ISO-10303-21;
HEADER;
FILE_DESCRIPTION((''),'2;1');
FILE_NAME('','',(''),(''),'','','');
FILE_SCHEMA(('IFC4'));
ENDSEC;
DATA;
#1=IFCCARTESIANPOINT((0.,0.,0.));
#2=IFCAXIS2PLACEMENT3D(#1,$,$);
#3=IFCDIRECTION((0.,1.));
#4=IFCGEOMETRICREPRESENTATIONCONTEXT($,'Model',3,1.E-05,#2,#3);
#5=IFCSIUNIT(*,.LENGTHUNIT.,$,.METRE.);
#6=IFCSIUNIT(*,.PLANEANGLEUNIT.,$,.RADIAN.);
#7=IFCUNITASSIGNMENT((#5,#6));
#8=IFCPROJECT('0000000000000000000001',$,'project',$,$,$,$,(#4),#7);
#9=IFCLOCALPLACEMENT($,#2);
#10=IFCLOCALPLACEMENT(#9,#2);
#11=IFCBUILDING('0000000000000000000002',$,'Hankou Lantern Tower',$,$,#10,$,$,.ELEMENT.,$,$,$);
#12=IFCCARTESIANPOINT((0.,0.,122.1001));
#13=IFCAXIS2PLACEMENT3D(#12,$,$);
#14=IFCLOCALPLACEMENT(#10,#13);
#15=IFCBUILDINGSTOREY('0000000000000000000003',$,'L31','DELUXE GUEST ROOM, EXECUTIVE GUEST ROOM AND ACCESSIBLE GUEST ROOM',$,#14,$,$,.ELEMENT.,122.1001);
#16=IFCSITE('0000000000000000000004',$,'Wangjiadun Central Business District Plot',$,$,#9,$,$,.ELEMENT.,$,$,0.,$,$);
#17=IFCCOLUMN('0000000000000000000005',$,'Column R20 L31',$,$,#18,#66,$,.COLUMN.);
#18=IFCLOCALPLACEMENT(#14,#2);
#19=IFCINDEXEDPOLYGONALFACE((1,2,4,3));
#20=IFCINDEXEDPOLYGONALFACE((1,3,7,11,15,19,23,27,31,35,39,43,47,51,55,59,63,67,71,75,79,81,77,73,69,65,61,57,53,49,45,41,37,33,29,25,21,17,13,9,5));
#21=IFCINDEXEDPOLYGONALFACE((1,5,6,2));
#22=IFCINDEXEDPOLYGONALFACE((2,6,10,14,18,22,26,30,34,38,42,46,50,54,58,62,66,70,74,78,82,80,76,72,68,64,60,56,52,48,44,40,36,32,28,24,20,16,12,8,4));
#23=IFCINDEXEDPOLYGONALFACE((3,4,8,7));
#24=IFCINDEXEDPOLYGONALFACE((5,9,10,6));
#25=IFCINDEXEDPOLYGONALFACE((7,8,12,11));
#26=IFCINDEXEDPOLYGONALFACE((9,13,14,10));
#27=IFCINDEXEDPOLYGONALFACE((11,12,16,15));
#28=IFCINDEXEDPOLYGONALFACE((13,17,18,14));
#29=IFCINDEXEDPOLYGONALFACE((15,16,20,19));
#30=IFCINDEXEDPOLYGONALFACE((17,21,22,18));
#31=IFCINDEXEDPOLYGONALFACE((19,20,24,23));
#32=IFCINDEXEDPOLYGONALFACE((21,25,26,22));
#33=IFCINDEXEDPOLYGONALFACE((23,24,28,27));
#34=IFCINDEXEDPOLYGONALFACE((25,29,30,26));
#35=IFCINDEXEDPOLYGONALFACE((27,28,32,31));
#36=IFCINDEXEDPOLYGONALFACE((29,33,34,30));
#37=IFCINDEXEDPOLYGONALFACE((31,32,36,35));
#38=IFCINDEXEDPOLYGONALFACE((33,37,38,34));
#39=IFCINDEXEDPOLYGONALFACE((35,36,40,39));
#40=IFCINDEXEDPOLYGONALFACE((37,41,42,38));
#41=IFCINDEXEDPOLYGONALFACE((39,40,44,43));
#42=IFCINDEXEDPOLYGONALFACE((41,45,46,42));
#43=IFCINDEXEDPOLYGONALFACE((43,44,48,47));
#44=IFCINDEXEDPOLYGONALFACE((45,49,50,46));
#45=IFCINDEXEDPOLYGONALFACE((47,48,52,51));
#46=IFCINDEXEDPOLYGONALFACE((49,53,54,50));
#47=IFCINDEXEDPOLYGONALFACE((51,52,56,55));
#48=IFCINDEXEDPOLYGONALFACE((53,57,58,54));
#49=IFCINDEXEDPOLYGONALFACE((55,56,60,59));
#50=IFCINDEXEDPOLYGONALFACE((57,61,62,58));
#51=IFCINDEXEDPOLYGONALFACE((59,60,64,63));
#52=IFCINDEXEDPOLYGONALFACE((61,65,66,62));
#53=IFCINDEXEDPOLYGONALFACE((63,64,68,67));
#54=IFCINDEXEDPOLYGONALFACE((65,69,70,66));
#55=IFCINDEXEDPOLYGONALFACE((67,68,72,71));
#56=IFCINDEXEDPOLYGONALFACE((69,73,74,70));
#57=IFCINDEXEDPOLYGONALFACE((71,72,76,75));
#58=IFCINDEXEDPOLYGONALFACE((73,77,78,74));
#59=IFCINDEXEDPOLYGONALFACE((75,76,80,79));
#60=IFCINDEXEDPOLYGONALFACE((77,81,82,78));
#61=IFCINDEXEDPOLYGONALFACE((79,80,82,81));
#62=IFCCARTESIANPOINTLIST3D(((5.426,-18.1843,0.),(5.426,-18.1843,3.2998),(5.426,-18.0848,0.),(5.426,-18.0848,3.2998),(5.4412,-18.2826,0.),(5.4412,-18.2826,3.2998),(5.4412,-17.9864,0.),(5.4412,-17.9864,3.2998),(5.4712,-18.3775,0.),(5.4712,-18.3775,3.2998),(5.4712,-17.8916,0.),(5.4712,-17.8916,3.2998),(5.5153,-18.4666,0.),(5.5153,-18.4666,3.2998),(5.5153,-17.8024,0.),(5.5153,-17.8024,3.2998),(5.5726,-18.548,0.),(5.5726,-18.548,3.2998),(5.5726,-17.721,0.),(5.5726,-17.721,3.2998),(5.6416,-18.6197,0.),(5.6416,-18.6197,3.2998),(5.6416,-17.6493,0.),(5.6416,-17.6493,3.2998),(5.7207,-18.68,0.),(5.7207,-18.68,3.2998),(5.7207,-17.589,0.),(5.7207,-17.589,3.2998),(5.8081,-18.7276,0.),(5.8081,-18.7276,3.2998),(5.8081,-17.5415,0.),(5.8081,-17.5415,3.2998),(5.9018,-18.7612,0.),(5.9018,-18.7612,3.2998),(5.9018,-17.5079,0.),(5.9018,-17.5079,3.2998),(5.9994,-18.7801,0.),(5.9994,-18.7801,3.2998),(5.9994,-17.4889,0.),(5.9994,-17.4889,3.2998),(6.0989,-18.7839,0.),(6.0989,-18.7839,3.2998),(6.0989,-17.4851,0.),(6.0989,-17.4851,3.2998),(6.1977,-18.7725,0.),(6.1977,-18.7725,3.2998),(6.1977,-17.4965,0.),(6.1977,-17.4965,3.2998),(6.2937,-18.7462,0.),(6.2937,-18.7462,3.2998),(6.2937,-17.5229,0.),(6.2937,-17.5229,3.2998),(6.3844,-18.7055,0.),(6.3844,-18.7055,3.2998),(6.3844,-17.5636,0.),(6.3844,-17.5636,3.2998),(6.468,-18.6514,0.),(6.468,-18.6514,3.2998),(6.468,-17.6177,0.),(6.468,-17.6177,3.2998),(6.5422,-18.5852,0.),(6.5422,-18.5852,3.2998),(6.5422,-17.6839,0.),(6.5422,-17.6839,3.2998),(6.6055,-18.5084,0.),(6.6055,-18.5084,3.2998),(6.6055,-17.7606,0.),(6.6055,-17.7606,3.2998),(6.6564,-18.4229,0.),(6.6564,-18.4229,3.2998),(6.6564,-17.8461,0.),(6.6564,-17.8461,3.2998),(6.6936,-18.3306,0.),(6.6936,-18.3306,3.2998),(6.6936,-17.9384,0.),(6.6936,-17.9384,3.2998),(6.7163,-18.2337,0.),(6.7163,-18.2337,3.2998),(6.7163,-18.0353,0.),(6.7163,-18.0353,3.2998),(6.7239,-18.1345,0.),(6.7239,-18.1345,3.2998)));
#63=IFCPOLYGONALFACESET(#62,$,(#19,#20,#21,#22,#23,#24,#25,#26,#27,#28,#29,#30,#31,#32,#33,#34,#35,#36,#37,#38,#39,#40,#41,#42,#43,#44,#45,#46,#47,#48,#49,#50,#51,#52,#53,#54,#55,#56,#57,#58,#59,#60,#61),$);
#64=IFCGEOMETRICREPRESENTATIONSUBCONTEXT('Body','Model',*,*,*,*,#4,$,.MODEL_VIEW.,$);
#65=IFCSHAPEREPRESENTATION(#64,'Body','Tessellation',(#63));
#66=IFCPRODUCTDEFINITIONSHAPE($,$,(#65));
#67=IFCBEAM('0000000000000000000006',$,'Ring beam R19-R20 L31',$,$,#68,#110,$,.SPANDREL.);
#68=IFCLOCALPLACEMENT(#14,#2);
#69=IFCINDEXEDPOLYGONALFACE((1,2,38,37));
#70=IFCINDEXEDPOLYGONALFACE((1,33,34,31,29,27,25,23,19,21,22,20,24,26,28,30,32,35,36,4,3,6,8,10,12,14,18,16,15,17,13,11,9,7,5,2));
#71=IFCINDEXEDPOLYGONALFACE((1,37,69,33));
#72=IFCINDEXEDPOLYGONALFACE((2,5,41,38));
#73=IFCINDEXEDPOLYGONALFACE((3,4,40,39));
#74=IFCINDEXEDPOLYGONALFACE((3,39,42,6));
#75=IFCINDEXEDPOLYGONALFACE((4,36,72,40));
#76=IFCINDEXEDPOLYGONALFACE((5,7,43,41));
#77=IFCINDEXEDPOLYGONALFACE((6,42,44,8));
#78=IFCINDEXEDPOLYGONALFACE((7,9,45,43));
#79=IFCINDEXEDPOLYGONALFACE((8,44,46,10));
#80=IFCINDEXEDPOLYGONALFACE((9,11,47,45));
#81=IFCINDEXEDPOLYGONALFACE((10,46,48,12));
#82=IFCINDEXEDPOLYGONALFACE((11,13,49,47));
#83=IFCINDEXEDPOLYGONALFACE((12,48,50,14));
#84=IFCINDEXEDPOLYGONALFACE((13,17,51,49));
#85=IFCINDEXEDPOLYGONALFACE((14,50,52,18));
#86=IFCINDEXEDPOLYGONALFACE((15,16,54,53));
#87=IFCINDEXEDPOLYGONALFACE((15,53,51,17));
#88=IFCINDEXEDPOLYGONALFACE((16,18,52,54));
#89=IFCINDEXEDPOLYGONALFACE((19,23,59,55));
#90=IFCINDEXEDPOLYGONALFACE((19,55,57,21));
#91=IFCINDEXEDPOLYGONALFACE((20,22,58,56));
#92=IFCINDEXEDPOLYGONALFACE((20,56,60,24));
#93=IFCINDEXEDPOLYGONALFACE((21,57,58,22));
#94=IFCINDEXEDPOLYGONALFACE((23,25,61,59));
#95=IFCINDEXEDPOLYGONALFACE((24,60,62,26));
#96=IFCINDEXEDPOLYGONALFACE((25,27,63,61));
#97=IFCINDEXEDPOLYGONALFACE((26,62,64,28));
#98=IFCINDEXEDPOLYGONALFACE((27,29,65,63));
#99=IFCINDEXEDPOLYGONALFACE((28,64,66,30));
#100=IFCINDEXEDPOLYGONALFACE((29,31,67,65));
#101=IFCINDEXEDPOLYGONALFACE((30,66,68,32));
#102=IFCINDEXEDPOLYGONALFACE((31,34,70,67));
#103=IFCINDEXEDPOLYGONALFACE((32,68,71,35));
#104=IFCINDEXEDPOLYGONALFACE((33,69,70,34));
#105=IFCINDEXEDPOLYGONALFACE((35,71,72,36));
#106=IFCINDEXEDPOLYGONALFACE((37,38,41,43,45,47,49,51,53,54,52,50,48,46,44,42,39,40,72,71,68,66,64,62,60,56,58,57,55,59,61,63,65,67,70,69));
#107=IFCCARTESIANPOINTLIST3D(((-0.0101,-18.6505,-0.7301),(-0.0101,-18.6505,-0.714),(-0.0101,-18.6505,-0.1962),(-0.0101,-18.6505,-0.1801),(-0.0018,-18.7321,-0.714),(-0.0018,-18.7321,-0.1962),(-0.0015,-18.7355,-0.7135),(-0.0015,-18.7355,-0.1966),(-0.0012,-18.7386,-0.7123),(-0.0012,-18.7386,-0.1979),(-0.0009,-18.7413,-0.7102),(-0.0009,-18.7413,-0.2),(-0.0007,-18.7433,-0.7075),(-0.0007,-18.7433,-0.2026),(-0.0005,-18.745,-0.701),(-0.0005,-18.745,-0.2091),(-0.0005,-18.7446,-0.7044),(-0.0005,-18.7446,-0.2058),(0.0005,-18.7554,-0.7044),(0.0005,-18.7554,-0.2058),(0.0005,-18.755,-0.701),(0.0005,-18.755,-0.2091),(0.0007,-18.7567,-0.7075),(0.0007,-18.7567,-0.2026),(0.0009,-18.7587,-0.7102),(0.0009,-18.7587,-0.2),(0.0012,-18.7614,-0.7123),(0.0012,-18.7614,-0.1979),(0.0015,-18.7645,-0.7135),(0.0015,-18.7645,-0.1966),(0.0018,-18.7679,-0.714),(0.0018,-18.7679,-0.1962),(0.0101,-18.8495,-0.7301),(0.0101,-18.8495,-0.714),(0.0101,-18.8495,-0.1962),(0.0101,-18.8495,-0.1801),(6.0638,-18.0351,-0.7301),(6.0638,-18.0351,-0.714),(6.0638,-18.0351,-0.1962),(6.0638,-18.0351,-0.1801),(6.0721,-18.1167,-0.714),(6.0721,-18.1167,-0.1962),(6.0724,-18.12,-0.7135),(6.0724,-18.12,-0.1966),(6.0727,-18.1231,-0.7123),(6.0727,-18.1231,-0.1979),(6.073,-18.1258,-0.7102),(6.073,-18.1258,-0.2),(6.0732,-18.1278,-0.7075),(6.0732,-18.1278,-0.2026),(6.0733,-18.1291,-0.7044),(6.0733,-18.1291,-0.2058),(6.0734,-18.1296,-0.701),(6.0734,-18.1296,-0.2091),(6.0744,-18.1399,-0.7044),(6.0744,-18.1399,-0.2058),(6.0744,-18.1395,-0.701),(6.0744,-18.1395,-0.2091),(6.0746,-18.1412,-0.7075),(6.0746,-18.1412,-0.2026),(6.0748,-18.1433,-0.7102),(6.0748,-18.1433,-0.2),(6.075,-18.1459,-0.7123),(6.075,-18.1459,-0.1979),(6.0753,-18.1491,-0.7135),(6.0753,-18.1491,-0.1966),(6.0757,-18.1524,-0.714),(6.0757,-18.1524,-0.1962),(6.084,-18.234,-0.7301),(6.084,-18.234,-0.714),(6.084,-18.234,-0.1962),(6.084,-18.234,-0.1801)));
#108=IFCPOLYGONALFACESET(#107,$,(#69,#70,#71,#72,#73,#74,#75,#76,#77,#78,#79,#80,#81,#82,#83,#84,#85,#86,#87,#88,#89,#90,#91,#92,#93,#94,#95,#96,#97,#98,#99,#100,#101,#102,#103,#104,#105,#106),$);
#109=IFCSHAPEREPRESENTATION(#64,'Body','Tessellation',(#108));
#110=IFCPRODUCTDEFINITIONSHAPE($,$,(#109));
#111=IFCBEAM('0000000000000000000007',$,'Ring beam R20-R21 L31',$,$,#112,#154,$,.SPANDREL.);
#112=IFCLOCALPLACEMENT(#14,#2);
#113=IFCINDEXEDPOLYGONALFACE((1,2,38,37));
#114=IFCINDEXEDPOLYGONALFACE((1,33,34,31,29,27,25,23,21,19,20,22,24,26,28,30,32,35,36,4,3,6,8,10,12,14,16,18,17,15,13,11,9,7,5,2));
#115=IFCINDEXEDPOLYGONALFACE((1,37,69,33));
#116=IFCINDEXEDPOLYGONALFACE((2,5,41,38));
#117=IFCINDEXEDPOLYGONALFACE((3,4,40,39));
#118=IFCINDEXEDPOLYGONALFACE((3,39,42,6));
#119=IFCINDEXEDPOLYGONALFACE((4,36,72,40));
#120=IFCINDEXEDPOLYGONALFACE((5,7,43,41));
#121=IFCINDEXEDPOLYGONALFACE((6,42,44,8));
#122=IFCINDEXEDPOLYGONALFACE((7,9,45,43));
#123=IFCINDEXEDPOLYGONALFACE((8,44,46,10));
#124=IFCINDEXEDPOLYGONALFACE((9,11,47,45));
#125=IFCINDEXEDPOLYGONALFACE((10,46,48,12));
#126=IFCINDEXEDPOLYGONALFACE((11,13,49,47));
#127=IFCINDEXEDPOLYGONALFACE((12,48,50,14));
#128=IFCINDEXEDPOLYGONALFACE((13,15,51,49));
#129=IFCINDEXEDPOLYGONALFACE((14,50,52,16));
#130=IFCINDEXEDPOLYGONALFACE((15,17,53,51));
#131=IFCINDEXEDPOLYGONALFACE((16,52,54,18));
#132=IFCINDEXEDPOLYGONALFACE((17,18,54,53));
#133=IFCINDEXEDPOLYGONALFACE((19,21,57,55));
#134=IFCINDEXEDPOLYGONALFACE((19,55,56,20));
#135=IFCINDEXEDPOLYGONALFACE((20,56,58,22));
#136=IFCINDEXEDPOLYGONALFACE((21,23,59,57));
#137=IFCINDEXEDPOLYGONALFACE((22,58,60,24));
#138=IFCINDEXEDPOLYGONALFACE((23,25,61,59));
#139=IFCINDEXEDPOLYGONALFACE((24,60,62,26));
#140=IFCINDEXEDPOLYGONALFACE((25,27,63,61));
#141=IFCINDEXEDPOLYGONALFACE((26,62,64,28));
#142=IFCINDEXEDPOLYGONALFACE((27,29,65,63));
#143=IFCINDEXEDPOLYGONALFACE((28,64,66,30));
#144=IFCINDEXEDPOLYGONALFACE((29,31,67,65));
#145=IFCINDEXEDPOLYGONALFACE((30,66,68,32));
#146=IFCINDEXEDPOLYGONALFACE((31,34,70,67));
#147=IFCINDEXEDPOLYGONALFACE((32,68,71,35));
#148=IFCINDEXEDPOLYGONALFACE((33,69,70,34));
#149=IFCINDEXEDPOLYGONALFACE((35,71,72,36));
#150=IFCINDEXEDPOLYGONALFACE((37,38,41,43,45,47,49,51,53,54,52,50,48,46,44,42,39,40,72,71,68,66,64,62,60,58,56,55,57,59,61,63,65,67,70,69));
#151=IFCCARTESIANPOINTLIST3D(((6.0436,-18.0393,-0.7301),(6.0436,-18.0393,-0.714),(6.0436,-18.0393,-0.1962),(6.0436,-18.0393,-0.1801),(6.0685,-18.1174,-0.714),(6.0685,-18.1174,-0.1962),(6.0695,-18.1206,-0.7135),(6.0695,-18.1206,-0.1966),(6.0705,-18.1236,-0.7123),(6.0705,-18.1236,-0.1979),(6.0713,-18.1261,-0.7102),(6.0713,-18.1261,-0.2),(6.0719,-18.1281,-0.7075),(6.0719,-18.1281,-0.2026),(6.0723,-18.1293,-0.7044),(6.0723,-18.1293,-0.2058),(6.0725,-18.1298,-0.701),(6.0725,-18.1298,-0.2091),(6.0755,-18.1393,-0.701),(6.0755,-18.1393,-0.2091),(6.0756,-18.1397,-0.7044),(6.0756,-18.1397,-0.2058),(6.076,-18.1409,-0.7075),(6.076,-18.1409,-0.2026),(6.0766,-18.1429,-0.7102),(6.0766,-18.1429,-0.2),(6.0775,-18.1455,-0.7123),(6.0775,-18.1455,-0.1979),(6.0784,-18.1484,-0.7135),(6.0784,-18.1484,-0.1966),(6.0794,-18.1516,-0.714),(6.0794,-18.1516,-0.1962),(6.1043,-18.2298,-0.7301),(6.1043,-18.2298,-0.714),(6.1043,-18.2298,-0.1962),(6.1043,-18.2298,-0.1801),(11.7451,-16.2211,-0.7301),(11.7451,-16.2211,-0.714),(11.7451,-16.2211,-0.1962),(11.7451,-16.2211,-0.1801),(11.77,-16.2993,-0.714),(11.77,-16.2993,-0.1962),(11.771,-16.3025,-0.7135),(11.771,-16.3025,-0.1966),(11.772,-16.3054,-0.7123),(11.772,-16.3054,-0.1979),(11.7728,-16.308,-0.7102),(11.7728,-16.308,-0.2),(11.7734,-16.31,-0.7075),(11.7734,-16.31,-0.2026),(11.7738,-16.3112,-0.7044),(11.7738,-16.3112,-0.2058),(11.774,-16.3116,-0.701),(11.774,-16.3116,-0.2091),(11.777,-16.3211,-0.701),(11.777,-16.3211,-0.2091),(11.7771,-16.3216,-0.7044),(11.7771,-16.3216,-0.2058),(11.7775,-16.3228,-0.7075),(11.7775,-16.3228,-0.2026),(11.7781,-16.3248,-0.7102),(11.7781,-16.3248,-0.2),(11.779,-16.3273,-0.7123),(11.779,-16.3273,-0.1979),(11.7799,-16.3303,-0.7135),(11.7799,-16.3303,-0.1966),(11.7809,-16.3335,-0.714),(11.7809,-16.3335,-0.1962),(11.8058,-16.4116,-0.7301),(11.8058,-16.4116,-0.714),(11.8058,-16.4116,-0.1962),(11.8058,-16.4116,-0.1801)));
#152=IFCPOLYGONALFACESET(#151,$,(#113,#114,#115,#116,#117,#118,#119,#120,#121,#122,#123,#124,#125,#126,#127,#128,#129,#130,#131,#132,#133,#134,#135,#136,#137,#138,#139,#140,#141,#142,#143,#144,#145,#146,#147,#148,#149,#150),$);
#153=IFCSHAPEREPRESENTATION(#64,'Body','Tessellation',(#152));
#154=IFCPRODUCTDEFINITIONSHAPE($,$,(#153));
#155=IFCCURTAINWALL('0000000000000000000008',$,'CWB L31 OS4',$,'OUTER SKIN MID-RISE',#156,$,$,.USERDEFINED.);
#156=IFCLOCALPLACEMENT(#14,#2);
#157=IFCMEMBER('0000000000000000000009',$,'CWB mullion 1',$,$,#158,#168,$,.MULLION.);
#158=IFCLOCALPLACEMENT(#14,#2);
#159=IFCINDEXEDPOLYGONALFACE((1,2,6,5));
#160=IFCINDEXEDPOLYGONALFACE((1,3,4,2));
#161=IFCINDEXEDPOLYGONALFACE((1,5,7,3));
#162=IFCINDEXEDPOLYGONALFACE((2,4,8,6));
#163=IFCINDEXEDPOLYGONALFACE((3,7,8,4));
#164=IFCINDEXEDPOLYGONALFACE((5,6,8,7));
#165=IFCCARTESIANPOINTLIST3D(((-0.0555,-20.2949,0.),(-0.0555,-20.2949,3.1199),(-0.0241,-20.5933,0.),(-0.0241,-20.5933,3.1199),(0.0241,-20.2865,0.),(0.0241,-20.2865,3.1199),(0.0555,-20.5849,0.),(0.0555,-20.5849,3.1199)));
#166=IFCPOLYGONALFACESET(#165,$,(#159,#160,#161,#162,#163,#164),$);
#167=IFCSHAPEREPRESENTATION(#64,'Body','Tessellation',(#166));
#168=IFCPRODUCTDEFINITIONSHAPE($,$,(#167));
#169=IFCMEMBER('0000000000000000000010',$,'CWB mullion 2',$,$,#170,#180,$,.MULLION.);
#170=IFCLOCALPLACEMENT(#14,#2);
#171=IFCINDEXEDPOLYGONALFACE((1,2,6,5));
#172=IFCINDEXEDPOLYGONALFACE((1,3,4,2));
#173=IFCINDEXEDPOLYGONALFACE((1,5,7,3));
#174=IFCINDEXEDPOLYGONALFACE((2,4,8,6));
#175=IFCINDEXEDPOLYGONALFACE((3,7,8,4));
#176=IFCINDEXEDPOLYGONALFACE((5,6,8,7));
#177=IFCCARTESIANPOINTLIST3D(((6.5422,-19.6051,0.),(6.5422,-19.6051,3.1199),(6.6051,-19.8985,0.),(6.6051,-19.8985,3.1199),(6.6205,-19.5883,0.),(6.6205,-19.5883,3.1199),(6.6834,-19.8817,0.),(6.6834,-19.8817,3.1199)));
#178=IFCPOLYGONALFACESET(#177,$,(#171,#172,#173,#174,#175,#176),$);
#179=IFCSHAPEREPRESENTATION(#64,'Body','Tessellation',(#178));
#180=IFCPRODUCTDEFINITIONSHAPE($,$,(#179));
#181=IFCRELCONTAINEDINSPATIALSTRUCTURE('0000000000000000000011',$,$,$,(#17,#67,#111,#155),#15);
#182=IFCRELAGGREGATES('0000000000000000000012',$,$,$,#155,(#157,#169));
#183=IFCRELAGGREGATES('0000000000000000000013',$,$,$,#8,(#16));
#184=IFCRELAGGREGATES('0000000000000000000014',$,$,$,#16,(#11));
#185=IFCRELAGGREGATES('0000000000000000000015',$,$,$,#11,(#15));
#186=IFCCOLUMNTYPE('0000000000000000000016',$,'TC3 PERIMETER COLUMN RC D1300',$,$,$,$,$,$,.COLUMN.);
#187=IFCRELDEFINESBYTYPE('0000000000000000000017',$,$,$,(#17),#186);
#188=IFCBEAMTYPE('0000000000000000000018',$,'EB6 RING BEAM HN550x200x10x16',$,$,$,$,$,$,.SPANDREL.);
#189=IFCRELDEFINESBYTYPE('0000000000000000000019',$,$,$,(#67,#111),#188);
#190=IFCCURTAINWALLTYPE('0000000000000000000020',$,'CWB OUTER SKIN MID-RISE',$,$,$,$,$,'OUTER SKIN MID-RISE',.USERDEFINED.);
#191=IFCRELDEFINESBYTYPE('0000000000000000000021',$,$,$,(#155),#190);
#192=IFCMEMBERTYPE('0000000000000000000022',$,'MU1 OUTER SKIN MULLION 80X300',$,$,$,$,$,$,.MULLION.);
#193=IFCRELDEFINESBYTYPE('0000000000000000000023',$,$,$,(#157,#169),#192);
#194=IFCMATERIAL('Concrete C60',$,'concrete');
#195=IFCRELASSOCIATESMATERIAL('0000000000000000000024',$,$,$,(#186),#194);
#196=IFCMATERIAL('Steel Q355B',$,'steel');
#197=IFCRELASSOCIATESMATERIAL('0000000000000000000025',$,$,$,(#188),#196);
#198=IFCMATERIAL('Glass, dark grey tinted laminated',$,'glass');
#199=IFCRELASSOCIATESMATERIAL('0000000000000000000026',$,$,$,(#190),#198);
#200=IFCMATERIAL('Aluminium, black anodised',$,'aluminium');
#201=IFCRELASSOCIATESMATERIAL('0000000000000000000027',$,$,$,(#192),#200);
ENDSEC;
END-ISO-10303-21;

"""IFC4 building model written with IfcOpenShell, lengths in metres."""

from ifc_helpers import new_model, si_unit, direction, frame, origin, origin_2d, place, context, subcontext, project, spatial, rectangle, circle, i_section, extrude, material, material_profile, profile_set, type_object, element, aggregate, save


model = new_model("IFC4")

# Units and contexts
model_context = context("Model", 3, precision=1e-05, world=origin(), true_north=direction((0.0, 1.0)))
body_context = subcontext(model_context, "Body", "Model", "MODEL_VIEW")
ifc_project = project(units=[si_unit("LENGTHUNIT", "METRE"), si_unit("PLANEANGLEUNIT", "RADIAN")], contexts=[model_context])

# Site, building, storey
site_placement = place(None, origin())
site = spatial("IfcSite", under=ifc_project, at=site_placement, Name="Wangjiadun Central Business District Plot", CompositionType="ELEMENT", RefElevation=0.0)
building_placement = place(site_placement, origin())
building = spatial("IfcBuilding", under=site, at=building_placement, Name="Hankou Lantern Tower", CompositionType="ELEMENT")
storey_placement = place(building_placement, frame((0.0, 0.0, 122.1001)))
storey = spatial("IfcBuildingStorey", under=building, at=storey_placement, Name="L31", Description="DELUXE GUEST ROOM, EXECUTIVE GUEST ROOM AND ACCESSIBLE GUEST ROOM", CompositionType="ELEMENT", Elevation=122.1001)

# Column
ifc_material_1 = material(Name="Concrete C60", Category="concrete")
ifc_material_profile_1 = material_profile(ifc_material_1, circle(Radius=0.6499, at=origin_2d()), Name="RC D1300")
ifc_profile_set_1 = profile_set([ifc_material_profile_1], Name="Concrete C60")
column_type = type_object("IfcColumnType", Name="TC3 PERIMETER COLUMN RC D1300", PredefinedType="COLUMN", material=ifc_profile_set_1)
column_placement = place(storey_placement, frame((6.074, -18.1345, 0.0), z_axis=(0.0, 0.0, 1.0), x_axis=(1.0, 0.0, 0.0)))
element("IfcColumn", 1, at=column_placement, inside=storey, type_object=column_type, Name="Column R20 L31", PredefinedType="COLUMN", context=body_context, shape_type="SweptSolid", body=[
    extrude(circle(Radius=0.6499, at=origin_2d()), origin(), (0.0, 0.0, 1.0), 3.2998),
])

# Beams
ifc_material_2 = material(Name="Steel Q355B", Category="steel")
ifc_material_profile_2 = material_profile(ifc_material_2, i_section(OverallWidth=0.2, OverallDepth=0.55, WebThickness=0.01, FlangeThickness=0.0161, FilletRadius=0.0129, at=origin_2d()), Name="HN550x200x10x16")
ifc_profile_set_2 = profile_set([ifc_material_profile_2], Name="Steel Q355B")
beam_type_1 = type_object("IfcBeamType", Name="EB6 RING BEAM HN550x200x10x16", PredefinedType="SPANDREL", material=ifc_profile_set_2)
beam_1_placement = place(storey_placement, frame((0.0, -18.75, -0.4551), z_axis=(0.994905, 0.100814, 0.0), x_axis=(-0.100814, 0.994905, 0.0)))
element("IfcBeam", 2, at=beam_1_placement, inside=storey, type_object=beam_type_1, Name="Ring beam R19-R20 L31", PredefinedType="SPANDREL", context=body_context, shape_type="SweptSolid", body=[
    extrude(i_section(OverallWidth=0.2, OverallDepth=0.55, WebThickness=0.01, FlangeThickness=0.0161, FilletRadius=0.0129, at=origin_2d()), origin(), (0.0, 0.0, 1.0), 6.105),
])
beam_2_placement = place(storey_placement, frame((6.074, -18.1345, -0.4551), z_axis=(0.952731, 0.303815, 0.0), x_axis=(-0.303815, 0.952731, 0.0)))
element("IfcBeam", 3, at=beam_2_placement, inside=storey, type_object=beam_type_1, Name="Ring beam R20-R21 L31", PredefinedType="SPANDREL", context=body_context, shape_type="SweptSolid", body=[
    extrude(i_section(OverallWidth=0.2, OverallDepth=0.55, WebThickness=0.01, FlangeThickness=0.0161, FilletRadius=0.0129, at=origin_2d()), origin(), (0.0, 0.0, 1.0), 5.9844),
])

# Curtain wall, members
ifc_material_3 = material(Name="Glass, dark grey tinted laminated", Category="glass")
curtain_wall_type = type_object("IfcCurtainWallType", Name="CWB OUTER SKIN MID-RISE", ElementType="OUTER SKIN MID-RISE", PredefinedType="USERDEFINED", material=ifc_material_3)
curtain_wall_placement = place(storey_placement, origin())
curtain_wall = element("IfcCurtainWall", 4, at=curtain_wall_placement, inside=storey, type_object=curtain_wall_type, Name="CWB L31 OS4", ObjectType="OUTER SKIN MID-RISE", PredefinedType="USERDEFINED")
ifc_material_4 = material(Name="Aluminium, black anodised", Category="aluminium")
ifc_material_profile_3 = material_profile(ifc_material_4, rectangle(XDim=0.0801, YDim=0.3, at=origin_2d()), Name="MU1 80X300")
ifc_profile_set_3 = profile_set([ifc_material_profile_3], Name="Aluminium, black anodised")
member_type_1 = type_object("IfcMemberType", Name="MU1 OUTER SKIN MULLION 80X300", PredefinedType="MULLION", material=ifc_profile_set_3)
member_1_placement = place(storey_placement, frame((0.0, -20.4399, 0.0), z_axis=(0.0, 0.0, 1.0), x_axis=(0.994499, 0.104743, 0.0)))
member_1 = element("IfcMember", 5, at=member_1_placement, type_object=member_type_1, Name="CWB mullion 1", PredefinedType="MULLION", context=body_context, shape_type="SweptSolid", body=[
    extrude(rectangle(XDim=0.0801, YDim=0.3, at=origin_2d()), origin(), (0.0, 0.0, 1.0), 3.1199),
])
member_2_placement = place(storey_placement, frame((6.6128, -19.7434, 0.0), z_axis=(0.0, 0.0, 1.0), x_axis=(0.977788, 0.209598, 0.0)))
member_2 = element("IfcMember", 6, at=member_2_placement, type_object=member_type_1, Name="CWB mullion 2", PredefinedType="MULLION", context=body_context, shape_type="SweptSolid", body=[
    extrude(rectangle(XDim=0.0801, YDim=0.3, at=origin_2d()), origin(), (0.0, 0.0, 1.0), 3.1199),
])

aggregate(curtain_wall, [member_1, member_2])

save(model, "model.ifc")
